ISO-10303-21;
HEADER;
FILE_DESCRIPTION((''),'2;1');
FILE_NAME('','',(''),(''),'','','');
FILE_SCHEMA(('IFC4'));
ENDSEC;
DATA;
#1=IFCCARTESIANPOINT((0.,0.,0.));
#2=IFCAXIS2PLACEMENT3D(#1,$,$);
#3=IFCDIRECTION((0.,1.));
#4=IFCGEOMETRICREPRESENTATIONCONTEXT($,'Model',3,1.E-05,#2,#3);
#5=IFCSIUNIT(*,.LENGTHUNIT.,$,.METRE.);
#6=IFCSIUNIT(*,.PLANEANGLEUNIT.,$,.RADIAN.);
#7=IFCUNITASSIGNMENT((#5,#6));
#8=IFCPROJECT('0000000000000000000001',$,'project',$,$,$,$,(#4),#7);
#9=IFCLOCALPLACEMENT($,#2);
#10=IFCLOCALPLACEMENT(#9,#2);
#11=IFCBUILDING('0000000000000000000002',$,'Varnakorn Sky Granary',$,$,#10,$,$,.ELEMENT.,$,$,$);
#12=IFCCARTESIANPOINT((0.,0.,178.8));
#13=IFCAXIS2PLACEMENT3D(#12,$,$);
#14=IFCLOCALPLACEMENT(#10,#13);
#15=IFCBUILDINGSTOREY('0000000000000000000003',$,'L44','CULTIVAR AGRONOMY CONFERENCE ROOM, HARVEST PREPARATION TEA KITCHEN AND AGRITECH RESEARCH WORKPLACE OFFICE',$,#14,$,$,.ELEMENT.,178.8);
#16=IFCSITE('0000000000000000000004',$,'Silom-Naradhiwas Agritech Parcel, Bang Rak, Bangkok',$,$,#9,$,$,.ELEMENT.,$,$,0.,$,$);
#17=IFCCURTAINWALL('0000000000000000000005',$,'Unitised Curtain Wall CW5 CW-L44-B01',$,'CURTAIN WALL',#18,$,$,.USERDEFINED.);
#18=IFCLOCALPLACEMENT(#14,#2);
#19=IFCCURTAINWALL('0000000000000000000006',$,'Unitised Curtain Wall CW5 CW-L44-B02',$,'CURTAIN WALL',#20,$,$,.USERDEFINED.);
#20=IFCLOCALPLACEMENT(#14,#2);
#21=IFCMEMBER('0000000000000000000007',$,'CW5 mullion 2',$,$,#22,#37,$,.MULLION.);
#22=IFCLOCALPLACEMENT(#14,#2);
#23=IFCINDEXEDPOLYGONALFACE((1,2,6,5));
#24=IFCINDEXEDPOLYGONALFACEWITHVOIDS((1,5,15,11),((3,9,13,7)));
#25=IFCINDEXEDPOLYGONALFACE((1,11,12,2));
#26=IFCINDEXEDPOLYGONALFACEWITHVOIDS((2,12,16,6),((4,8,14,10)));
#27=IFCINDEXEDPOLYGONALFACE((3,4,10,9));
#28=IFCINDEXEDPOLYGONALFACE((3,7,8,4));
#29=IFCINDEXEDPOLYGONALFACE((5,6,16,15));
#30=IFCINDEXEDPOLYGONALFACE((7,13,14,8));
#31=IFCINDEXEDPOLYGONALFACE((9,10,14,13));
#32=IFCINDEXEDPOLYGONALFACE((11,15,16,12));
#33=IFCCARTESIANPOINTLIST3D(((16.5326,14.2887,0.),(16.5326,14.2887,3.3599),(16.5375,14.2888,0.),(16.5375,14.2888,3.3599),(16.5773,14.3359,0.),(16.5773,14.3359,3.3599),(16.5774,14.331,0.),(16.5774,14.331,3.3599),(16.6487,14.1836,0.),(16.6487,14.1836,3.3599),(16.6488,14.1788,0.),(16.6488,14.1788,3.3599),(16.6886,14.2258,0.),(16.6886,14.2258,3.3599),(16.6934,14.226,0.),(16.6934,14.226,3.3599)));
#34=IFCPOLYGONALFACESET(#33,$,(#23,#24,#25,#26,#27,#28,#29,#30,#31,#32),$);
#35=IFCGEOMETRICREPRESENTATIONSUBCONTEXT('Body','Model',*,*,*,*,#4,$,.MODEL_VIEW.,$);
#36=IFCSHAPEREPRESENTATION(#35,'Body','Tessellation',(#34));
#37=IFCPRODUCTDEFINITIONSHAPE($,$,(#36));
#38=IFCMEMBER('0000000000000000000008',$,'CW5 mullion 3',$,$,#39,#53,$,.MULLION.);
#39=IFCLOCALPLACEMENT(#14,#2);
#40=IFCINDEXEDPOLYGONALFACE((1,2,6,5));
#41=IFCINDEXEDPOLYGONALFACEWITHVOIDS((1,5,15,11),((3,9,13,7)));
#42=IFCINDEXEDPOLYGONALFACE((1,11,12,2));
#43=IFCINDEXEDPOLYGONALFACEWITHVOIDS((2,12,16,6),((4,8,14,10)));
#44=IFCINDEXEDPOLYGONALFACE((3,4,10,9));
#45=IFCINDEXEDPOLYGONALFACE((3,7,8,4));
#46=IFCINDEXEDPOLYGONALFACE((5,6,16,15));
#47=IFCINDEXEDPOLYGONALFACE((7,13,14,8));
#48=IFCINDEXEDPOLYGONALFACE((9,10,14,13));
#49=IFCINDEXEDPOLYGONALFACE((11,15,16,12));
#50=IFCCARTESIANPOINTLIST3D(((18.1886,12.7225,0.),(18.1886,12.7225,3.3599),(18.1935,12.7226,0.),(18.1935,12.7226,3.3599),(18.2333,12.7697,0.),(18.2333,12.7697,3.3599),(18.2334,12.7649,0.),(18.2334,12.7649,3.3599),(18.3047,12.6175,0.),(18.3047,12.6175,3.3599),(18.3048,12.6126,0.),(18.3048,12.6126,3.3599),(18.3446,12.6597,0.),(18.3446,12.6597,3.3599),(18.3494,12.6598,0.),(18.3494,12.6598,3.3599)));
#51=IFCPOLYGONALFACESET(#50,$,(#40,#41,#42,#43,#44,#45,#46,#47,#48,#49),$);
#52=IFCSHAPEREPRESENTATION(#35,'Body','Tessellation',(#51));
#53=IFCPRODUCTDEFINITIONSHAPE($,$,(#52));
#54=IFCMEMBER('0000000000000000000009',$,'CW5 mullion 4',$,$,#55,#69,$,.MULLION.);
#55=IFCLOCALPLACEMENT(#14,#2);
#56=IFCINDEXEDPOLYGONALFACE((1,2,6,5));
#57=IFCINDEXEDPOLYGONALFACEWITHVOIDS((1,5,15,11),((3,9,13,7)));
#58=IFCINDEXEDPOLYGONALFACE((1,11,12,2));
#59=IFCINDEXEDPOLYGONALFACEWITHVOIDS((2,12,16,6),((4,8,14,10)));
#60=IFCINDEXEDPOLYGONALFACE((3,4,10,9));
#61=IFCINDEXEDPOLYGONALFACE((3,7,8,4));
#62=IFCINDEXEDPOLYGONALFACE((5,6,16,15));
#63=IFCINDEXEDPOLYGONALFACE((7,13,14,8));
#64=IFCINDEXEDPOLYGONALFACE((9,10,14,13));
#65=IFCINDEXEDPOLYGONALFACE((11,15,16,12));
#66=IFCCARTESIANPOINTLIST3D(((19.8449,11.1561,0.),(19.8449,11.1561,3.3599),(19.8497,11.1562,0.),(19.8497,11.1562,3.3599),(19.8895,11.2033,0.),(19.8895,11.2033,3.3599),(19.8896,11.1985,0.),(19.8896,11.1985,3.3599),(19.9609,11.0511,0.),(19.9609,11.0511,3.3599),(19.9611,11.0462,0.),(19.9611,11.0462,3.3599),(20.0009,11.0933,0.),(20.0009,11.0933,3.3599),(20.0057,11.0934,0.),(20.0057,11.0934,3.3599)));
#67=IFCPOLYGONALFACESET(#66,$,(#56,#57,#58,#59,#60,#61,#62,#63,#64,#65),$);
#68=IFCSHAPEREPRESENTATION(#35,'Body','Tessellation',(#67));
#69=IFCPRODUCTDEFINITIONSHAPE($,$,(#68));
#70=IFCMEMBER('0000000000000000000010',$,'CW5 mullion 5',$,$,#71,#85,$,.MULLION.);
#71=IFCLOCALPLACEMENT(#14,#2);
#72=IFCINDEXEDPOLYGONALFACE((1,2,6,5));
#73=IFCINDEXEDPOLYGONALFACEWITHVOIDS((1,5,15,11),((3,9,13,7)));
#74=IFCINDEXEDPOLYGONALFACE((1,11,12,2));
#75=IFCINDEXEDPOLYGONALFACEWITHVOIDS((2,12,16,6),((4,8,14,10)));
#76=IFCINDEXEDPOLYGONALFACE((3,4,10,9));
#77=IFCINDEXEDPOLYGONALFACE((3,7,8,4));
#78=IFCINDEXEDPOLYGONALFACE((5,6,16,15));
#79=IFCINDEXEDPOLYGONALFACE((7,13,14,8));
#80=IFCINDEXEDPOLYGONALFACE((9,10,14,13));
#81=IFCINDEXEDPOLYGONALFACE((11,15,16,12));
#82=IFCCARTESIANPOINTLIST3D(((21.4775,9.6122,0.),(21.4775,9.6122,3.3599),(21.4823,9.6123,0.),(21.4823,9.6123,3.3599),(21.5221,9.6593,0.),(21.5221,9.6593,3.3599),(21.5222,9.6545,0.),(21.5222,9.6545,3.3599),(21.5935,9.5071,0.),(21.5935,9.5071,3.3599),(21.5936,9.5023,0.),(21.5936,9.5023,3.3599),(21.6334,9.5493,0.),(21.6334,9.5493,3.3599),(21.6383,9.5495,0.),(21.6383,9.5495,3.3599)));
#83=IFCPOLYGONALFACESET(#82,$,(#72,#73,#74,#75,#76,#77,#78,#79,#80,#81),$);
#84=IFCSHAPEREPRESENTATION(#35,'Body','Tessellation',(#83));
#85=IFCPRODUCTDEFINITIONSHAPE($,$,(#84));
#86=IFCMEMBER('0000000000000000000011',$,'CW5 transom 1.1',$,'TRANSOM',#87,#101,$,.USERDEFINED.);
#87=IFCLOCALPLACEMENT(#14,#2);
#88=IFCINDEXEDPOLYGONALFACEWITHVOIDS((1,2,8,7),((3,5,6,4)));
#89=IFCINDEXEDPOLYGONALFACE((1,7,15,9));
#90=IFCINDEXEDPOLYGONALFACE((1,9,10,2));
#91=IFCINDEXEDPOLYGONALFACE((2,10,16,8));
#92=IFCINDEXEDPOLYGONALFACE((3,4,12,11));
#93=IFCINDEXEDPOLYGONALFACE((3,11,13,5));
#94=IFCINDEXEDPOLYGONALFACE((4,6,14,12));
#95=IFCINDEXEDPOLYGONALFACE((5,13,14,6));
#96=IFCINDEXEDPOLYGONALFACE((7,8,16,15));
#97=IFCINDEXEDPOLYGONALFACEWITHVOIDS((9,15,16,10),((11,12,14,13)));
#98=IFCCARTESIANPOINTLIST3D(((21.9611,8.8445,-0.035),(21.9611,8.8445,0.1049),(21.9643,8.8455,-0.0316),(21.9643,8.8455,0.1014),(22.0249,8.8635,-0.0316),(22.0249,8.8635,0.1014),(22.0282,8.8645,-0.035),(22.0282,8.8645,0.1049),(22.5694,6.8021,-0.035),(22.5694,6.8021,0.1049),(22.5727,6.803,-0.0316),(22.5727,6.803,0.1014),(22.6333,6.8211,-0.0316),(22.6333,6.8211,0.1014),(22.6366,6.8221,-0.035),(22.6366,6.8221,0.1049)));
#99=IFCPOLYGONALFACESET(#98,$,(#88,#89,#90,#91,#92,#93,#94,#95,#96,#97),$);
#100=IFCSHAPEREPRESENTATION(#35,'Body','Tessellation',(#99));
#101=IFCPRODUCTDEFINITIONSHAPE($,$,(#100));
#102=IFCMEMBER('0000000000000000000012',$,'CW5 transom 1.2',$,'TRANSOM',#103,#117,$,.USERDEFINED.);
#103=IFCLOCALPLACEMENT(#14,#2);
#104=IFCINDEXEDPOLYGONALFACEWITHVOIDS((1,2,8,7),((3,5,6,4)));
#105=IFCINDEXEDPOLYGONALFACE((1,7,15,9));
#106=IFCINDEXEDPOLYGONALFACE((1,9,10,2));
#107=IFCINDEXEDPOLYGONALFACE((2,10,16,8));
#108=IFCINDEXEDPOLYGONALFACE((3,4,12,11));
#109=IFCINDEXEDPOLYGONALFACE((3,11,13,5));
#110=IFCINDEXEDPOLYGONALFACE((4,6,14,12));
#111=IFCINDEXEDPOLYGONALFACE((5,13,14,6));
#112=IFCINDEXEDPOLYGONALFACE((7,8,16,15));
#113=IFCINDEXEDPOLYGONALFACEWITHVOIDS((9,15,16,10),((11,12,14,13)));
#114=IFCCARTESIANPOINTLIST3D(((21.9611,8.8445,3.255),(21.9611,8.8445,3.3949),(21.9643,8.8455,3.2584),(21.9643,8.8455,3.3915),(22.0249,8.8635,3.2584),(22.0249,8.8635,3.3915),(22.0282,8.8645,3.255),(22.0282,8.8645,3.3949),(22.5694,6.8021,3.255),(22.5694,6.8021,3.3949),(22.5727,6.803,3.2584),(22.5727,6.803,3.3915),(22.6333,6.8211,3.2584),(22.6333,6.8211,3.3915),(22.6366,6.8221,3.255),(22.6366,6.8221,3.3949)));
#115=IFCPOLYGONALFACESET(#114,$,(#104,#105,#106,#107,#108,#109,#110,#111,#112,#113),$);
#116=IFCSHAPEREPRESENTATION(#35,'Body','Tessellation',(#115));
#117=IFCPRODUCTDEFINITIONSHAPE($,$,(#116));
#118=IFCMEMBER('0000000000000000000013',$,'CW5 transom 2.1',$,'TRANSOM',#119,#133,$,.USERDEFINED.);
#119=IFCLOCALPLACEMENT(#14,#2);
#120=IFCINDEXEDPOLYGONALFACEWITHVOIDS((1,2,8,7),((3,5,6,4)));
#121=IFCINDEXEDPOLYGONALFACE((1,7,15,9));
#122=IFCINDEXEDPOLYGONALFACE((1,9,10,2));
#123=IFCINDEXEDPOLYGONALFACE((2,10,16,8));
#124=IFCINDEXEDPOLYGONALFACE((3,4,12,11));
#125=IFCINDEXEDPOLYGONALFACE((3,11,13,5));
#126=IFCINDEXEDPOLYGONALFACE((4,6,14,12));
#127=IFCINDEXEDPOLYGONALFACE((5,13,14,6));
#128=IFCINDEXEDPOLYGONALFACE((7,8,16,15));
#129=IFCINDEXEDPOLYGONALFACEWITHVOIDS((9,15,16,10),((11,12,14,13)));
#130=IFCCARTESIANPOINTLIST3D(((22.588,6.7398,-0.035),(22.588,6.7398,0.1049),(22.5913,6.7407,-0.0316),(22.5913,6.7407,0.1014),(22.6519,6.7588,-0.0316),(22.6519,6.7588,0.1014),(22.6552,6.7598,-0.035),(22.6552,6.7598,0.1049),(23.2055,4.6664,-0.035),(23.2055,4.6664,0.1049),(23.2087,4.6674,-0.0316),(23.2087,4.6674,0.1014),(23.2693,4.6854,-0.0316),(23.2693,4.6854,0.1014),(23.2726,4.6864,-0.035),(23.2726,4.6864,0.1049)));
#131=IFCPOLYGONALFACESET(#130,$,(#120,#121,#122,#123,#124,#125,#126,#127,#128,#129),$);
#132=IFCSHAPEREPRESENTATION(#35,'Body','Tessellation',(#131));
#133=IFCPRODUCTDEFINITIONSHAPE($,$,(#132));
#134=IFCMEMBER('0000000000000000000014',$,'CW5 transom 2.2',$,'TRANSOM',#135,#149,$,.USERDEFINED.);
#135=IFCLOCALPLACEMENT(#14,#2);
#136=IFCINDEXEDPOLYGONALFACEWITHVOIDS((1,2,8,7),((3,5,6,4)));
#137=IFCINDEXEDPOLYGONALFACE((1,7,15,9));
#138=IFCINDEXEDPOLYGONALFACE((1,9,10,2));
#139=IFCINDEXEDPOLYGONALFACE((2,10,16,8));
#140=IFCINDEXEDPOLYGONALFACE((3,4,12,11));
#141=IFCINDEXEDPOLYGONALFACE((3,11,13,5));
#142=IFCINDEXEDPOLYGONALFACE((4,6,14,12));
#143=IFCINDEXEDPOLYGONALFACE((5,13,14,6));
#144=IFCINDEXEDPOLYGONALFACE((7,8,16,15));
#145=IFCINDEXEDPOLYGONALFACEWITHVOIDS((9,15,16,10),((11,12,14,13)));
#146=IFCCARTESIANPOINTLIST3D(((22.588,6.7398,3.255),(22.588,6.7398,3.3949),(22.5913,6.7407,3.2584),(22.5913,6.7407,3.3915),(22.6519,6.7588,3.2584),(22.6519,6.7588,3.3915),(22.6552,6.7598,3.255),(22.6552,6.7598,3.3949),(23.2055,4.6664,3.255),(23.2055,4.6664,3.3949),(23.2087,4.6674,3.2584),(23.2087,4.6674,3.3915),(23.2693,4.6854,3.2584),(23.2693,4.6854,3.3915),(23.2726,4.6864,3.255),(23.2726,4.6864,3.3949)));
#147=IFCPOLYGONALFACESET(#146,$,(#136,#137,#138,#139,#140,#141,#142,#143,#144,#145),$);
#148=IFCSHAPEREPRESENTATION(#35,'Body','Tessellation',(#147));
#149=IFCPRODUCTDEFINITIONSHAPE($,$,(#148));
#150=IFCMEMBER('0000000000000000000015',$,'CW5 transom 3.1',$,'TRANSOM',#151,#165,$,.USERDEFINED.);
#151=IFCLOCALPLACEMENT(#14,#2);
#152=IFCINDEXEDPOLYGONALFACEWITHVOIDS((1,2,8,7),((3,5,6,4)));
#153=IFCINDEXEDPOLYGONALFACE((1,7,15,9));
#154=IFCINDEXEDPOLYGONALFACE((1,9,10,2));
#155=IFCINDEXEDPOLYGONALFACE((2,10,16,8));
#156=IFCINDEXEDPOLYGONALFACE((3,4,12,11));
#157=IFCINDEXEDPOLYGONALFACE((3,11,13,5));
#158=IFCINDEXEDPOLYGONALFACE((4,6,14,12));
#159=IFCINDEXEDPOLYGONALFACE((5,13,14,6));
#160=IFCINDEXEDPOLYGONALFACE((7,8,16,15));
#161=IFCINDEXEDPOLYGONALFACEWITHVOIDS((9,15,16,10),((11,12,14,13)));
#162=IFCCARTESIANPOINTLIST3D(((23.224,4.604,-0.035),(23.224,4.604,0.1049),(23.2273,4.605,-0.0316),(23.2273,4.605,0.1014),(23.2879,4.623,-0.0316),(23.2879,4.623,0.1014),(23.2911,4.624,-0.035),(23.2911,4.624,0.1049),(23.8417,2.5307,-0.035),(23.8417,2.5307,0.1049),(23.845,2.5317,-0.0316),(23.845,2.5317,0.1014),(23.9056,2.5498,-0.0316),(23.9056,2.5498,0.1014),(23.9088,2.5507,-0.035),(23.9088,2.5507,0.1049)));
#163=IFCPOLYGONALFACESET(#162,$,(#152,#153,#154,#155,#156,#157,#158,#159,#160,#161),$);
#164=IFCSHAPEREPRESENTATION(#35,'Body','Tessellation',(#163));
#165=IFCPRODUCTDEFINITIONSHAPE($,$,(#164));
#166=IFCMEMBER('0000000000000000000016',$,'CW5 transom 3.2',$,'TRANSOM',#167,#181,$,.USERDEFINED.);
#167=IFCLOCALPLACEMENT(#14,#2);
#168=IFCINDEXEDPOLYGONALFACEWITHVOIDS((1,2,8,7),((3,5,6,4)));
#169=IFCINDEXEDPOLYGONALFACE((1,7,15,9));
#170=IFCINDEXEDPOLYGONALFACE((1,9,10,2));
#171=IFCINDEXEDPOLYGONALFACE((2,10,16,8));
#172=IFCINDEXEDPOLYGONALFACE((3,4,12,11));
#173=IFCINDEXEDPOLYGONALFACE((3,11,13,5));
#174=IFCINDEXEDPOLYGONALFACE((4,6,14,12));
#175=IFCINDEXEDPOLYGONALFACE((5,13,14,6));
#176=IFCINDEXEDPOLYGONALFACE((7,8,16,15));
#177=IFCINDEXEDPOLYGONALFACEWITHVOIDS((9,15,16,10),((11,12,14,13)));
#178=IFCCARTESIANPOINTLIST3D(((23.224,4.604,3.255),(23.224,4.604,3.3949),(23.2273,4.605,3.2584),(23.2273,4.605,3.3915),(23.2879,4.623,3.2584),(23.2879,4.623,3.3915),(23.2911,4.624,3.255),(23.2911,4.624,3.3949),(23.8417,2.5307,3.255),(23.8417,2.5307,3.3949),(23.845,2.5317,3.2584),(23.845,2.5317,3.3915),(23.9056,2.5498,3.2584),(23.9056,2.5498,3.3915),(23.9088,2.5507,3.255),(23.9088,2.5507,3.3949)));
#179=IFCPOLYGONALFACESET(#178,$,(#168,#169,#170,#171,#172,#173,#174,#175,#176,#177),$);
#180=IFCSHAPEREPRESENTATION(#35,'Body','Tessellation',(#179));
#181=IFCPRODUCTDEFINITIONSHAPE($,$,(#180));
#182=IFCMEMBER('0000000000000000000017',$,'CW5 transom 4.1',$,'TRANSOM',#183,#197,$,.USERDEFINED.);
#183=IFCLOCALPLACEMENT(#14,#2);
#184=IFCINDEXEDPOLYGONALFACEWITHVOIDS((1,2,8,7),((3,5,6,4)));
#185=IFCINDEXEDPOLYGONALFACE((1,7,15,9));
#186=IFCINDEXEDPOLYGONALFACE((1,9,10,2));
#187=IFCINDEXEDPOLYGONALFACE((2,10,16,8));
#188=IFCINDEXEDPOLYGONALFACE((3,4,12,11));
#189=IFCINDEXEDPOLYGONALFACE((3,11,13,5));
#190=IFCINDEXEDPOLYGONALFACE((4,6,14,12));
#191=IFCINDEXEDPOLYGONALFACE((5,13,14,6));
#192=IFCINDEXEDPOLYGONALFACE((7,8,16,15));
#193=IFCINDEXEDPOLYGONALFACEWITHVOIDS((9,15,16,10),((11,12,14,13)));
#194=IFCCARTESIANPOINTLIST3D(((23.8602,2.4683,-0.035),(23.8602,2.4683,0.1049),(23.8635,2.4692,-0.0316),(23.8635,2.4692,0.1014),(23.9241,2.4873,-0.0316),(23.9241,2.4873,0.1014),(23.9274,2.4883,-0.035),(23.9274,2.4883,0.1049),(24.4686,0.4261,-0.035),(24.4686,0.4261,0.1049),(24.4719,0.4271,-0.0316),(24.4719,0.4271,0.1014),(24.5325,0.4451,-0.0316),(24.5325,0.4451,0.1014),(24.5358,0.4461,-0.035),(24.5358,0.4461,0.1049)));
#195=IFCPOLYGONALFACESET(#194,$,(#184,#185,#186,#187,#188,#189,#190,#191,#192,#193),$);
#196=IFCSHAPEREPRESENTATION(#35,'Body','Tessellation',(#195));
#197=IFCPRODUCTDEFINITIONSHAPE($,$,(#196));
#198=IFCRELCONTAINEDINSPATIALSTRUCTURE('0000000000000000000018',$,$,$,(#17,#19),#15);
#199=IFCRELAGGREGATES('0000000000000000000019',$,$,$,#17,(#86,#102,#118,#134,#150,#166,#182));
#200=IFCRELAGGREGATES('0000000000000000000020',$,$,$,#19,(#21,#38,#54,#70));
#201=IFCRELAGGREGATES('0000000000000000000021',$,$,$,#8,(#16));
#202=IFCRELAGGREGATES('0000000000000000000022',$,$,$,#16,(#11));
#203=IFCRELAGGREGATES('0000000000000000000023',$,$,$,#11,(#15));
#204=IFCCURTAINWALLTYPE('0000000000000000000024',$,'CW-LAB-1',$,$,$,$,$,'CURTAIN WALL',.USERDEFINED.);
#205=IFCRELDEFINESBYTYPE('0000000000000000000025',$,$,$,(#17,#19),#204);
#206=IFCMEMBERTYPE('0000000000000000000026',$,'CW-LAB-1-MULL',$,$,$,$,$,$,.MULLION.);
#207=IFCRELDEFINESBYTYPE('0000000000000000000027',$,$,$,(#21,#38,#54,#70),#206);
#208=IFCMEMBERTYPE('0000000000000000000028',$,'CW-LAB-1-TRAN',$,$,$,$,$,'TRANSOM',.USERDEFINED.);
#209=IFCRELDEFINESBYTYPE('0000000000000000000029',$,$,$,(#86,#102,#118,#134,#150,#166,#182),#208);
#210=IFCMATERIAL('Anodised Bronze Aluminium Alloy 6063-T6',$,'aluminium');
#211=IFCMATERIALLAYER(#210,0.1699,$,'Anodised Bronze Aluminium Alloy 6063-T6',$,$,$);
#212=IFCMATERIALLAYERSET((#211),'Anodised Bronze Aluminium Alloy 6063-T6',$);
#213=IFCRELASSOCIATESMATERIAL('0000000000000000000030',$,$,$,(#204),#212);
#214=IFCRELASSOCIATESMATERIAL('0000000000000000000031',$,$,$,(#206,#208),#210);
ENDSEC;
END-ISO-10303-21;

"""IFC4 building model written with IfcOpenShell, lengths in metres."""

from ifc_helpers import new_model, si_unit, direction, frame, origin, origin_2d, place, context, subcontext, project, spatial, hollow_rectangle, extrude, material, layer, layer_set, material_profile, profile_set, type_object, element, aggregate, save


model = new_model("IFC4")

# Units and contexts
model_context = context("Model", 3, precision=1e-05, world=origin(), true_north=direction((0.0, 1.0)))
body_context = subcontext(model_context, "Body", "Model", "MODEL_VIEW")
ifc_project = project(units=[si_unit("LENGTHUNIT", "METRE"), si_unit("PLANEANGLEUNIT", "RADIAN")], contexts=[model_context])

# Site, building, storey
site_placement = place(None, origin())
site = spatial("IfcSite", under=ifc_project, at=site_placement, Name="Silom-Naradhiwas Agritech Parcel, Bang Rak, Bangkok", CompositionType="ELEMENT", RefElevation=0.0)
building_placement = place(site_placement, origin())
building = spatial("IfcBuilding", under=site, at=building_placement, Name="Varnakorn Sky Granary", CompositionType="ELEMENT")
storey_placement = place(building_placement, frame((0.0, 0.0, 178.8)))
storey = spatial("IfcBuildingStorey", under=building, at=storey_placement, Name="L44", Description="CULTIVAR AGRONOMY CONFERENCE ROOM, HARVEST PREPARATION TEA KITCHEN AND AGRITECH RESEARCH WORKPLACE OFFICE", CompositionType="ELEMENT", Elevation=178.8)

# Curtain walls, members
ifc_material_1 = material(Name="Anodised Bronze Aluminium Alloy 6063-T6", Category="aluminium")
ifc_layer_1 = layer(ifc_material_1, 0.1699, Name="Anodised Bronze Aluminium Alloy 6063-T6")
ifc_layer_set_1 = layer_set([ifc_layer_1], Name="Anodised Bronze Aluminium Alloy 6063-T6")
curtain_wall_type = type_object("IfcCurtainWallType", Name="CW-LAB-1", ElementType="CURTAIN WALL", PredefinedType="USERDEFINED", material=ifc_layer_set_1)
curtain_wall_1_placement = place(storey_placement, origin())
curtain_wall_1 = element("IfcCurtainWall", 1, at=curtain_wall_1_placement, inside=storey, type_object=curtain_wall_type, Name="Unitised Curtain Wall CW5 CW-L44-B01", ObjectType="CURTAIN WALL", PredefinedType="USERDEFINED")
ifc_material_profile_1 = material_profile(ifc_material_1, hollow_rectangle(XDim=0.0649, YDim=0.1599, WallThickness=0.0034, at=origin_2d()), Name="ALU MULL 65x160")
ifc_profile_set_1 = profile_set([ifc_material_profile_1], Name="Anodised Bronze Aluminium Alloy 6063-T6")
member_type_1 = type_object("IfcMemberType", Name="CW-LAB-1-MULL", PredefinedType="MULLION", material=ifc_profile_set_1)
curtain_wall_2_placement = place(storey_placement, origin())
curtain_wall_2 = element("IfcCurtainWall", 2, at=curtain_wall_2_placement, inside=storey, type_object=curtain_wall_type, Name="Unitised Curtain Wall CW5 CW-L44-B02", ObjectType="CURTAIN WALL", PredefinedType="USERDEFINED")
member_1_placement = place(storey_placement, frame((16.613, 14.2573, 0.0), z_axis=(0.0, 0.0, 1.0), x_axis=(0.687124, 0.726541, 0.0)))
member_1 = element("IfcMember", 3, at=member_1_placement, type_object=member_type_1, Name="CW5 mullion 2", PredefinedType="MULLION", context=body_context, shape_type="SweptSolid", body=[
    extrude(hollow_rectangle(XDim=0.0649, YDim=0.1599, WallThickness=0.0034, at=origin_2d()), origin(), (0.0, 0.0, 1.0), 3.3599),
])
member_2_placement = place(storey_placement, frame((18.269, 12.6912, 0.0), z_axis=(0.0, 0.0, 1.0), x_axis=(0.687124, 0.726541, 0.0)))
member_2 = element("IfcMember", 4, at=member_2_placement, type_object=member_type_1, Name="CW5 mullion 3", PredefinedType="MULLION", context=body_context, shape_type="SweptSolid", body=[
    extrude(hollow_rectangle(XDim=0.0649, YDim=0.1599, WallThickness=0.0034, at=origin_2d()), origin(), (0.0, 0.0, 1.0), 3.3599),
])
member_3_placement = place(storey_placement, frame((19.9253, 11.1248, 0.0), z_axis=(0.0, 0.0, 1.0), x_axis=(0.687124, 0.726541, 0.0)))
member_3 = element("IfcMember", 5, at=member_3_placement, type_object=member_type_1, Name="CW5 mullion 4", PredefinedType="MULLION", context=body_context, shape_type="SweptSolid", body=[
    extrude(hollow_rectangle(XDim=0.0649, YDim=0.1599, WallThickness=0.0034, at=origin_2d()), origin(), (0.0, 0.0, 1.0), 3.3599),
])
member_4_placement = place(storey_placement, frame((21.5579, 9.5808, 0.0), z_axis=(0.0, 0.0, 1.0), x_axis=(0.687124, 0.726541, 0.0)))
member_4 = element("IfcMember", 6, at=member_4_placement, type_object=member_type_1, Name="CW5 mullion 5", PredefinedType="MULLION", context=body_context, shape_type="SweptSolid", body=[
    extrude(hollow_rectangle(XDim=0.0649, YDim=0.1599, WallThickness=0.0034, at=origin_2d()), origin(), (0.0, 0.0, 1.0), 3.3599),
])

# Members
ifc_material_profile_2 = material_profile(ifc_material_1, hollow_rectangle(XDim=0.0701, YDim=0.1399, WallThickness=0.0034, at=origin_2d()), Name="ALU TRAN 70x140")
ifc_profile_set_2 = profile_set([ifc_material_profile_2], Name="Anodised Bronze Aluminium Alloy 6063-T6")
member_type_2 = type_object("IfcMemberType", Name="CW-LAB-1-TRAN", ElementType="TRANSOM", PredefinedType="USERDEFINED", material=ifc_profile_set_2)
member_5_placement = place(storey_placement, frame((21.9946, 8.8545, 0.0349), z_axis=(0.285477, -0.958386, 0.0), x_axis=(0.958386, 0.285477, 0.0)))
member_5 = element("IfcMember", 7, at=member_5_placement, type_object=member_type_2, Name="CW5 transom 1.1", ObjectType="TRANSOM", PredefinedType="USERDEFINED", context=body_context, shape_type="SweptSolid", body=[
    extrude(hollow_rectangle(XDim=0.0701, YDim=0.1399, WallThickness=0.0034, at=origin_2d()), origin(), (0.0, 0.0, 1.0), 2.1311),
])
member_6_placement = place(storey_placement, frame((21.9946, 8.8545, 3.325), z_axis=(0.285477, -0.958386, 0.0), x_axis=(0.958386, 0.285477, 0.0)))
member_6 = element("IfcMember", 8, at=member_6_placement, type_object=member_type_2, Name="CW5 transom 1.2", ObjectType="TRANSOM", PredefinedType="USERDEFINED", context=body_context, shape_type="SweptSolid", body=[
    extrude(hollow_rectangle(XDim=0.0701, YDim=0.1399, WallThickness=0.0034, at=origin_2d()), origin(), (0.0, 0.0, 1.0), 2.1311),
])
member_7_placement = place(storey_placement, frame((22.6216, 6.7498, 0.0349), z_axis=(0.285421, -0.958402, 0.0), x_axis=(0.958402, 0.285421, 0.0)))
member_7 = element("IfcMember", 9, at=member_7_placement, type_object=member_type_2, Name="CW5 transom 2.1", ObjectType="TRANSOM", PredefinedType="USERDEFINED", context=body_context, shape_type="SweptSolid", body=[
    extrude(hollow_rectangle(XDim=0.0701, YDim=0.1399, WallThickness=0.0034, at=origin_2d()), origin(), (0.0, 0.0, 1.0), 2.1633),
])
member_8_placement = place(storey_placement, frame((22.6216, 6.7498, 3.325), z_axis=(0.285421, -0.958402, 0.0), x_axis=(0.958402, 0.285421, 0.0)))
member_8 = element("IfcMember", 10, at=member_8_placement, type_object=member_type_2, Name="CW5 transom 2.2", ObjectType="TRANSOM", PredefinedType="USERDEFINED", context=body_context, shape_type="SweptSolid", body=[
    extrude(hollow_rectangle(XDim=0.0701, YDim=0.1399, WallThickness=0.0034, at=origin_2d()), origin(), (0.0, 0.0, 1.0), 2.1633),
])
member_9_placement = place(storey_placement, frame((23.2576, 4.614, 0.0349), z_axis=(0.285525, -0.958371, 0.0), x_axis=(0.958371, 0.285525, 0.0)))
member_9 = element("IfcMember", 11, at=member_9_placement, type_object=member_type_2, Name="CW5 transom 3.1", ObjectType="TRANSOM", PredefinedType="USERDEFINED", context=body_context, shape_type="SweptSolid", body=[
    extrude(hollow_rectangle(XDim=0.0701, YDim=0.1399, WallThickness=0.0034, at=origin_2d()), origin(), (0.0, 0.0, 1.0), 2.1633),
])
member_10_placement = place(storey_placement, frame((23.2576, 4.614, 3.325), z_axis=(0.285525, -0.958371, 0.0), x_axis=(0.958371, 0.285525, 0.0)))
member_10 = element("IfcMember", 12, at=member_10_placement, type_object=member_type_2, Name="CW5 transom 3.2", ObjectType="TRANSOM", PredefinedType="USERDEFINED", context=body_context, shape_type="SweptSolid", body=[
    extrude(hollow_rectangle(XDim=0.0701, YDim=0.1399, WallThickness=0.0034, at=origin_2d()), origin(), (0.0, 0.0, 1.0), 2.1633),
])
member_11_placement = place(storey_placement, frame((23.8938, 2.4783, 0.0349), z_axis=(0.285508, -0.958376, 0.0), x_axis=(0.958376, 0.285508, 0.0)))
member_11 = element("IfcMember", 13, at=member_11_placement, type_object=member_type_2, Name="CW5 transom 4.1", ObjectType="TRANSOM", PredefinedType="USERDEFINED", context=body_context, shape_type="SweptSolid", body=[
    extrude(hollow_rectangle(XDim=0.0701, YDim=0.1399, WallThickness=0.0034, at=origin_2d()), origin(), (0.0, 0.0, 1.0), 2.1309),
])

aggregate(curtain_wall_1, [member_5, member_6, member_7, member_8, member_9, member_10, member_11])
aggregate(curtain_wall_2, [member_1, member_2, member_3, member_4])

save(model, "model.ifc")
